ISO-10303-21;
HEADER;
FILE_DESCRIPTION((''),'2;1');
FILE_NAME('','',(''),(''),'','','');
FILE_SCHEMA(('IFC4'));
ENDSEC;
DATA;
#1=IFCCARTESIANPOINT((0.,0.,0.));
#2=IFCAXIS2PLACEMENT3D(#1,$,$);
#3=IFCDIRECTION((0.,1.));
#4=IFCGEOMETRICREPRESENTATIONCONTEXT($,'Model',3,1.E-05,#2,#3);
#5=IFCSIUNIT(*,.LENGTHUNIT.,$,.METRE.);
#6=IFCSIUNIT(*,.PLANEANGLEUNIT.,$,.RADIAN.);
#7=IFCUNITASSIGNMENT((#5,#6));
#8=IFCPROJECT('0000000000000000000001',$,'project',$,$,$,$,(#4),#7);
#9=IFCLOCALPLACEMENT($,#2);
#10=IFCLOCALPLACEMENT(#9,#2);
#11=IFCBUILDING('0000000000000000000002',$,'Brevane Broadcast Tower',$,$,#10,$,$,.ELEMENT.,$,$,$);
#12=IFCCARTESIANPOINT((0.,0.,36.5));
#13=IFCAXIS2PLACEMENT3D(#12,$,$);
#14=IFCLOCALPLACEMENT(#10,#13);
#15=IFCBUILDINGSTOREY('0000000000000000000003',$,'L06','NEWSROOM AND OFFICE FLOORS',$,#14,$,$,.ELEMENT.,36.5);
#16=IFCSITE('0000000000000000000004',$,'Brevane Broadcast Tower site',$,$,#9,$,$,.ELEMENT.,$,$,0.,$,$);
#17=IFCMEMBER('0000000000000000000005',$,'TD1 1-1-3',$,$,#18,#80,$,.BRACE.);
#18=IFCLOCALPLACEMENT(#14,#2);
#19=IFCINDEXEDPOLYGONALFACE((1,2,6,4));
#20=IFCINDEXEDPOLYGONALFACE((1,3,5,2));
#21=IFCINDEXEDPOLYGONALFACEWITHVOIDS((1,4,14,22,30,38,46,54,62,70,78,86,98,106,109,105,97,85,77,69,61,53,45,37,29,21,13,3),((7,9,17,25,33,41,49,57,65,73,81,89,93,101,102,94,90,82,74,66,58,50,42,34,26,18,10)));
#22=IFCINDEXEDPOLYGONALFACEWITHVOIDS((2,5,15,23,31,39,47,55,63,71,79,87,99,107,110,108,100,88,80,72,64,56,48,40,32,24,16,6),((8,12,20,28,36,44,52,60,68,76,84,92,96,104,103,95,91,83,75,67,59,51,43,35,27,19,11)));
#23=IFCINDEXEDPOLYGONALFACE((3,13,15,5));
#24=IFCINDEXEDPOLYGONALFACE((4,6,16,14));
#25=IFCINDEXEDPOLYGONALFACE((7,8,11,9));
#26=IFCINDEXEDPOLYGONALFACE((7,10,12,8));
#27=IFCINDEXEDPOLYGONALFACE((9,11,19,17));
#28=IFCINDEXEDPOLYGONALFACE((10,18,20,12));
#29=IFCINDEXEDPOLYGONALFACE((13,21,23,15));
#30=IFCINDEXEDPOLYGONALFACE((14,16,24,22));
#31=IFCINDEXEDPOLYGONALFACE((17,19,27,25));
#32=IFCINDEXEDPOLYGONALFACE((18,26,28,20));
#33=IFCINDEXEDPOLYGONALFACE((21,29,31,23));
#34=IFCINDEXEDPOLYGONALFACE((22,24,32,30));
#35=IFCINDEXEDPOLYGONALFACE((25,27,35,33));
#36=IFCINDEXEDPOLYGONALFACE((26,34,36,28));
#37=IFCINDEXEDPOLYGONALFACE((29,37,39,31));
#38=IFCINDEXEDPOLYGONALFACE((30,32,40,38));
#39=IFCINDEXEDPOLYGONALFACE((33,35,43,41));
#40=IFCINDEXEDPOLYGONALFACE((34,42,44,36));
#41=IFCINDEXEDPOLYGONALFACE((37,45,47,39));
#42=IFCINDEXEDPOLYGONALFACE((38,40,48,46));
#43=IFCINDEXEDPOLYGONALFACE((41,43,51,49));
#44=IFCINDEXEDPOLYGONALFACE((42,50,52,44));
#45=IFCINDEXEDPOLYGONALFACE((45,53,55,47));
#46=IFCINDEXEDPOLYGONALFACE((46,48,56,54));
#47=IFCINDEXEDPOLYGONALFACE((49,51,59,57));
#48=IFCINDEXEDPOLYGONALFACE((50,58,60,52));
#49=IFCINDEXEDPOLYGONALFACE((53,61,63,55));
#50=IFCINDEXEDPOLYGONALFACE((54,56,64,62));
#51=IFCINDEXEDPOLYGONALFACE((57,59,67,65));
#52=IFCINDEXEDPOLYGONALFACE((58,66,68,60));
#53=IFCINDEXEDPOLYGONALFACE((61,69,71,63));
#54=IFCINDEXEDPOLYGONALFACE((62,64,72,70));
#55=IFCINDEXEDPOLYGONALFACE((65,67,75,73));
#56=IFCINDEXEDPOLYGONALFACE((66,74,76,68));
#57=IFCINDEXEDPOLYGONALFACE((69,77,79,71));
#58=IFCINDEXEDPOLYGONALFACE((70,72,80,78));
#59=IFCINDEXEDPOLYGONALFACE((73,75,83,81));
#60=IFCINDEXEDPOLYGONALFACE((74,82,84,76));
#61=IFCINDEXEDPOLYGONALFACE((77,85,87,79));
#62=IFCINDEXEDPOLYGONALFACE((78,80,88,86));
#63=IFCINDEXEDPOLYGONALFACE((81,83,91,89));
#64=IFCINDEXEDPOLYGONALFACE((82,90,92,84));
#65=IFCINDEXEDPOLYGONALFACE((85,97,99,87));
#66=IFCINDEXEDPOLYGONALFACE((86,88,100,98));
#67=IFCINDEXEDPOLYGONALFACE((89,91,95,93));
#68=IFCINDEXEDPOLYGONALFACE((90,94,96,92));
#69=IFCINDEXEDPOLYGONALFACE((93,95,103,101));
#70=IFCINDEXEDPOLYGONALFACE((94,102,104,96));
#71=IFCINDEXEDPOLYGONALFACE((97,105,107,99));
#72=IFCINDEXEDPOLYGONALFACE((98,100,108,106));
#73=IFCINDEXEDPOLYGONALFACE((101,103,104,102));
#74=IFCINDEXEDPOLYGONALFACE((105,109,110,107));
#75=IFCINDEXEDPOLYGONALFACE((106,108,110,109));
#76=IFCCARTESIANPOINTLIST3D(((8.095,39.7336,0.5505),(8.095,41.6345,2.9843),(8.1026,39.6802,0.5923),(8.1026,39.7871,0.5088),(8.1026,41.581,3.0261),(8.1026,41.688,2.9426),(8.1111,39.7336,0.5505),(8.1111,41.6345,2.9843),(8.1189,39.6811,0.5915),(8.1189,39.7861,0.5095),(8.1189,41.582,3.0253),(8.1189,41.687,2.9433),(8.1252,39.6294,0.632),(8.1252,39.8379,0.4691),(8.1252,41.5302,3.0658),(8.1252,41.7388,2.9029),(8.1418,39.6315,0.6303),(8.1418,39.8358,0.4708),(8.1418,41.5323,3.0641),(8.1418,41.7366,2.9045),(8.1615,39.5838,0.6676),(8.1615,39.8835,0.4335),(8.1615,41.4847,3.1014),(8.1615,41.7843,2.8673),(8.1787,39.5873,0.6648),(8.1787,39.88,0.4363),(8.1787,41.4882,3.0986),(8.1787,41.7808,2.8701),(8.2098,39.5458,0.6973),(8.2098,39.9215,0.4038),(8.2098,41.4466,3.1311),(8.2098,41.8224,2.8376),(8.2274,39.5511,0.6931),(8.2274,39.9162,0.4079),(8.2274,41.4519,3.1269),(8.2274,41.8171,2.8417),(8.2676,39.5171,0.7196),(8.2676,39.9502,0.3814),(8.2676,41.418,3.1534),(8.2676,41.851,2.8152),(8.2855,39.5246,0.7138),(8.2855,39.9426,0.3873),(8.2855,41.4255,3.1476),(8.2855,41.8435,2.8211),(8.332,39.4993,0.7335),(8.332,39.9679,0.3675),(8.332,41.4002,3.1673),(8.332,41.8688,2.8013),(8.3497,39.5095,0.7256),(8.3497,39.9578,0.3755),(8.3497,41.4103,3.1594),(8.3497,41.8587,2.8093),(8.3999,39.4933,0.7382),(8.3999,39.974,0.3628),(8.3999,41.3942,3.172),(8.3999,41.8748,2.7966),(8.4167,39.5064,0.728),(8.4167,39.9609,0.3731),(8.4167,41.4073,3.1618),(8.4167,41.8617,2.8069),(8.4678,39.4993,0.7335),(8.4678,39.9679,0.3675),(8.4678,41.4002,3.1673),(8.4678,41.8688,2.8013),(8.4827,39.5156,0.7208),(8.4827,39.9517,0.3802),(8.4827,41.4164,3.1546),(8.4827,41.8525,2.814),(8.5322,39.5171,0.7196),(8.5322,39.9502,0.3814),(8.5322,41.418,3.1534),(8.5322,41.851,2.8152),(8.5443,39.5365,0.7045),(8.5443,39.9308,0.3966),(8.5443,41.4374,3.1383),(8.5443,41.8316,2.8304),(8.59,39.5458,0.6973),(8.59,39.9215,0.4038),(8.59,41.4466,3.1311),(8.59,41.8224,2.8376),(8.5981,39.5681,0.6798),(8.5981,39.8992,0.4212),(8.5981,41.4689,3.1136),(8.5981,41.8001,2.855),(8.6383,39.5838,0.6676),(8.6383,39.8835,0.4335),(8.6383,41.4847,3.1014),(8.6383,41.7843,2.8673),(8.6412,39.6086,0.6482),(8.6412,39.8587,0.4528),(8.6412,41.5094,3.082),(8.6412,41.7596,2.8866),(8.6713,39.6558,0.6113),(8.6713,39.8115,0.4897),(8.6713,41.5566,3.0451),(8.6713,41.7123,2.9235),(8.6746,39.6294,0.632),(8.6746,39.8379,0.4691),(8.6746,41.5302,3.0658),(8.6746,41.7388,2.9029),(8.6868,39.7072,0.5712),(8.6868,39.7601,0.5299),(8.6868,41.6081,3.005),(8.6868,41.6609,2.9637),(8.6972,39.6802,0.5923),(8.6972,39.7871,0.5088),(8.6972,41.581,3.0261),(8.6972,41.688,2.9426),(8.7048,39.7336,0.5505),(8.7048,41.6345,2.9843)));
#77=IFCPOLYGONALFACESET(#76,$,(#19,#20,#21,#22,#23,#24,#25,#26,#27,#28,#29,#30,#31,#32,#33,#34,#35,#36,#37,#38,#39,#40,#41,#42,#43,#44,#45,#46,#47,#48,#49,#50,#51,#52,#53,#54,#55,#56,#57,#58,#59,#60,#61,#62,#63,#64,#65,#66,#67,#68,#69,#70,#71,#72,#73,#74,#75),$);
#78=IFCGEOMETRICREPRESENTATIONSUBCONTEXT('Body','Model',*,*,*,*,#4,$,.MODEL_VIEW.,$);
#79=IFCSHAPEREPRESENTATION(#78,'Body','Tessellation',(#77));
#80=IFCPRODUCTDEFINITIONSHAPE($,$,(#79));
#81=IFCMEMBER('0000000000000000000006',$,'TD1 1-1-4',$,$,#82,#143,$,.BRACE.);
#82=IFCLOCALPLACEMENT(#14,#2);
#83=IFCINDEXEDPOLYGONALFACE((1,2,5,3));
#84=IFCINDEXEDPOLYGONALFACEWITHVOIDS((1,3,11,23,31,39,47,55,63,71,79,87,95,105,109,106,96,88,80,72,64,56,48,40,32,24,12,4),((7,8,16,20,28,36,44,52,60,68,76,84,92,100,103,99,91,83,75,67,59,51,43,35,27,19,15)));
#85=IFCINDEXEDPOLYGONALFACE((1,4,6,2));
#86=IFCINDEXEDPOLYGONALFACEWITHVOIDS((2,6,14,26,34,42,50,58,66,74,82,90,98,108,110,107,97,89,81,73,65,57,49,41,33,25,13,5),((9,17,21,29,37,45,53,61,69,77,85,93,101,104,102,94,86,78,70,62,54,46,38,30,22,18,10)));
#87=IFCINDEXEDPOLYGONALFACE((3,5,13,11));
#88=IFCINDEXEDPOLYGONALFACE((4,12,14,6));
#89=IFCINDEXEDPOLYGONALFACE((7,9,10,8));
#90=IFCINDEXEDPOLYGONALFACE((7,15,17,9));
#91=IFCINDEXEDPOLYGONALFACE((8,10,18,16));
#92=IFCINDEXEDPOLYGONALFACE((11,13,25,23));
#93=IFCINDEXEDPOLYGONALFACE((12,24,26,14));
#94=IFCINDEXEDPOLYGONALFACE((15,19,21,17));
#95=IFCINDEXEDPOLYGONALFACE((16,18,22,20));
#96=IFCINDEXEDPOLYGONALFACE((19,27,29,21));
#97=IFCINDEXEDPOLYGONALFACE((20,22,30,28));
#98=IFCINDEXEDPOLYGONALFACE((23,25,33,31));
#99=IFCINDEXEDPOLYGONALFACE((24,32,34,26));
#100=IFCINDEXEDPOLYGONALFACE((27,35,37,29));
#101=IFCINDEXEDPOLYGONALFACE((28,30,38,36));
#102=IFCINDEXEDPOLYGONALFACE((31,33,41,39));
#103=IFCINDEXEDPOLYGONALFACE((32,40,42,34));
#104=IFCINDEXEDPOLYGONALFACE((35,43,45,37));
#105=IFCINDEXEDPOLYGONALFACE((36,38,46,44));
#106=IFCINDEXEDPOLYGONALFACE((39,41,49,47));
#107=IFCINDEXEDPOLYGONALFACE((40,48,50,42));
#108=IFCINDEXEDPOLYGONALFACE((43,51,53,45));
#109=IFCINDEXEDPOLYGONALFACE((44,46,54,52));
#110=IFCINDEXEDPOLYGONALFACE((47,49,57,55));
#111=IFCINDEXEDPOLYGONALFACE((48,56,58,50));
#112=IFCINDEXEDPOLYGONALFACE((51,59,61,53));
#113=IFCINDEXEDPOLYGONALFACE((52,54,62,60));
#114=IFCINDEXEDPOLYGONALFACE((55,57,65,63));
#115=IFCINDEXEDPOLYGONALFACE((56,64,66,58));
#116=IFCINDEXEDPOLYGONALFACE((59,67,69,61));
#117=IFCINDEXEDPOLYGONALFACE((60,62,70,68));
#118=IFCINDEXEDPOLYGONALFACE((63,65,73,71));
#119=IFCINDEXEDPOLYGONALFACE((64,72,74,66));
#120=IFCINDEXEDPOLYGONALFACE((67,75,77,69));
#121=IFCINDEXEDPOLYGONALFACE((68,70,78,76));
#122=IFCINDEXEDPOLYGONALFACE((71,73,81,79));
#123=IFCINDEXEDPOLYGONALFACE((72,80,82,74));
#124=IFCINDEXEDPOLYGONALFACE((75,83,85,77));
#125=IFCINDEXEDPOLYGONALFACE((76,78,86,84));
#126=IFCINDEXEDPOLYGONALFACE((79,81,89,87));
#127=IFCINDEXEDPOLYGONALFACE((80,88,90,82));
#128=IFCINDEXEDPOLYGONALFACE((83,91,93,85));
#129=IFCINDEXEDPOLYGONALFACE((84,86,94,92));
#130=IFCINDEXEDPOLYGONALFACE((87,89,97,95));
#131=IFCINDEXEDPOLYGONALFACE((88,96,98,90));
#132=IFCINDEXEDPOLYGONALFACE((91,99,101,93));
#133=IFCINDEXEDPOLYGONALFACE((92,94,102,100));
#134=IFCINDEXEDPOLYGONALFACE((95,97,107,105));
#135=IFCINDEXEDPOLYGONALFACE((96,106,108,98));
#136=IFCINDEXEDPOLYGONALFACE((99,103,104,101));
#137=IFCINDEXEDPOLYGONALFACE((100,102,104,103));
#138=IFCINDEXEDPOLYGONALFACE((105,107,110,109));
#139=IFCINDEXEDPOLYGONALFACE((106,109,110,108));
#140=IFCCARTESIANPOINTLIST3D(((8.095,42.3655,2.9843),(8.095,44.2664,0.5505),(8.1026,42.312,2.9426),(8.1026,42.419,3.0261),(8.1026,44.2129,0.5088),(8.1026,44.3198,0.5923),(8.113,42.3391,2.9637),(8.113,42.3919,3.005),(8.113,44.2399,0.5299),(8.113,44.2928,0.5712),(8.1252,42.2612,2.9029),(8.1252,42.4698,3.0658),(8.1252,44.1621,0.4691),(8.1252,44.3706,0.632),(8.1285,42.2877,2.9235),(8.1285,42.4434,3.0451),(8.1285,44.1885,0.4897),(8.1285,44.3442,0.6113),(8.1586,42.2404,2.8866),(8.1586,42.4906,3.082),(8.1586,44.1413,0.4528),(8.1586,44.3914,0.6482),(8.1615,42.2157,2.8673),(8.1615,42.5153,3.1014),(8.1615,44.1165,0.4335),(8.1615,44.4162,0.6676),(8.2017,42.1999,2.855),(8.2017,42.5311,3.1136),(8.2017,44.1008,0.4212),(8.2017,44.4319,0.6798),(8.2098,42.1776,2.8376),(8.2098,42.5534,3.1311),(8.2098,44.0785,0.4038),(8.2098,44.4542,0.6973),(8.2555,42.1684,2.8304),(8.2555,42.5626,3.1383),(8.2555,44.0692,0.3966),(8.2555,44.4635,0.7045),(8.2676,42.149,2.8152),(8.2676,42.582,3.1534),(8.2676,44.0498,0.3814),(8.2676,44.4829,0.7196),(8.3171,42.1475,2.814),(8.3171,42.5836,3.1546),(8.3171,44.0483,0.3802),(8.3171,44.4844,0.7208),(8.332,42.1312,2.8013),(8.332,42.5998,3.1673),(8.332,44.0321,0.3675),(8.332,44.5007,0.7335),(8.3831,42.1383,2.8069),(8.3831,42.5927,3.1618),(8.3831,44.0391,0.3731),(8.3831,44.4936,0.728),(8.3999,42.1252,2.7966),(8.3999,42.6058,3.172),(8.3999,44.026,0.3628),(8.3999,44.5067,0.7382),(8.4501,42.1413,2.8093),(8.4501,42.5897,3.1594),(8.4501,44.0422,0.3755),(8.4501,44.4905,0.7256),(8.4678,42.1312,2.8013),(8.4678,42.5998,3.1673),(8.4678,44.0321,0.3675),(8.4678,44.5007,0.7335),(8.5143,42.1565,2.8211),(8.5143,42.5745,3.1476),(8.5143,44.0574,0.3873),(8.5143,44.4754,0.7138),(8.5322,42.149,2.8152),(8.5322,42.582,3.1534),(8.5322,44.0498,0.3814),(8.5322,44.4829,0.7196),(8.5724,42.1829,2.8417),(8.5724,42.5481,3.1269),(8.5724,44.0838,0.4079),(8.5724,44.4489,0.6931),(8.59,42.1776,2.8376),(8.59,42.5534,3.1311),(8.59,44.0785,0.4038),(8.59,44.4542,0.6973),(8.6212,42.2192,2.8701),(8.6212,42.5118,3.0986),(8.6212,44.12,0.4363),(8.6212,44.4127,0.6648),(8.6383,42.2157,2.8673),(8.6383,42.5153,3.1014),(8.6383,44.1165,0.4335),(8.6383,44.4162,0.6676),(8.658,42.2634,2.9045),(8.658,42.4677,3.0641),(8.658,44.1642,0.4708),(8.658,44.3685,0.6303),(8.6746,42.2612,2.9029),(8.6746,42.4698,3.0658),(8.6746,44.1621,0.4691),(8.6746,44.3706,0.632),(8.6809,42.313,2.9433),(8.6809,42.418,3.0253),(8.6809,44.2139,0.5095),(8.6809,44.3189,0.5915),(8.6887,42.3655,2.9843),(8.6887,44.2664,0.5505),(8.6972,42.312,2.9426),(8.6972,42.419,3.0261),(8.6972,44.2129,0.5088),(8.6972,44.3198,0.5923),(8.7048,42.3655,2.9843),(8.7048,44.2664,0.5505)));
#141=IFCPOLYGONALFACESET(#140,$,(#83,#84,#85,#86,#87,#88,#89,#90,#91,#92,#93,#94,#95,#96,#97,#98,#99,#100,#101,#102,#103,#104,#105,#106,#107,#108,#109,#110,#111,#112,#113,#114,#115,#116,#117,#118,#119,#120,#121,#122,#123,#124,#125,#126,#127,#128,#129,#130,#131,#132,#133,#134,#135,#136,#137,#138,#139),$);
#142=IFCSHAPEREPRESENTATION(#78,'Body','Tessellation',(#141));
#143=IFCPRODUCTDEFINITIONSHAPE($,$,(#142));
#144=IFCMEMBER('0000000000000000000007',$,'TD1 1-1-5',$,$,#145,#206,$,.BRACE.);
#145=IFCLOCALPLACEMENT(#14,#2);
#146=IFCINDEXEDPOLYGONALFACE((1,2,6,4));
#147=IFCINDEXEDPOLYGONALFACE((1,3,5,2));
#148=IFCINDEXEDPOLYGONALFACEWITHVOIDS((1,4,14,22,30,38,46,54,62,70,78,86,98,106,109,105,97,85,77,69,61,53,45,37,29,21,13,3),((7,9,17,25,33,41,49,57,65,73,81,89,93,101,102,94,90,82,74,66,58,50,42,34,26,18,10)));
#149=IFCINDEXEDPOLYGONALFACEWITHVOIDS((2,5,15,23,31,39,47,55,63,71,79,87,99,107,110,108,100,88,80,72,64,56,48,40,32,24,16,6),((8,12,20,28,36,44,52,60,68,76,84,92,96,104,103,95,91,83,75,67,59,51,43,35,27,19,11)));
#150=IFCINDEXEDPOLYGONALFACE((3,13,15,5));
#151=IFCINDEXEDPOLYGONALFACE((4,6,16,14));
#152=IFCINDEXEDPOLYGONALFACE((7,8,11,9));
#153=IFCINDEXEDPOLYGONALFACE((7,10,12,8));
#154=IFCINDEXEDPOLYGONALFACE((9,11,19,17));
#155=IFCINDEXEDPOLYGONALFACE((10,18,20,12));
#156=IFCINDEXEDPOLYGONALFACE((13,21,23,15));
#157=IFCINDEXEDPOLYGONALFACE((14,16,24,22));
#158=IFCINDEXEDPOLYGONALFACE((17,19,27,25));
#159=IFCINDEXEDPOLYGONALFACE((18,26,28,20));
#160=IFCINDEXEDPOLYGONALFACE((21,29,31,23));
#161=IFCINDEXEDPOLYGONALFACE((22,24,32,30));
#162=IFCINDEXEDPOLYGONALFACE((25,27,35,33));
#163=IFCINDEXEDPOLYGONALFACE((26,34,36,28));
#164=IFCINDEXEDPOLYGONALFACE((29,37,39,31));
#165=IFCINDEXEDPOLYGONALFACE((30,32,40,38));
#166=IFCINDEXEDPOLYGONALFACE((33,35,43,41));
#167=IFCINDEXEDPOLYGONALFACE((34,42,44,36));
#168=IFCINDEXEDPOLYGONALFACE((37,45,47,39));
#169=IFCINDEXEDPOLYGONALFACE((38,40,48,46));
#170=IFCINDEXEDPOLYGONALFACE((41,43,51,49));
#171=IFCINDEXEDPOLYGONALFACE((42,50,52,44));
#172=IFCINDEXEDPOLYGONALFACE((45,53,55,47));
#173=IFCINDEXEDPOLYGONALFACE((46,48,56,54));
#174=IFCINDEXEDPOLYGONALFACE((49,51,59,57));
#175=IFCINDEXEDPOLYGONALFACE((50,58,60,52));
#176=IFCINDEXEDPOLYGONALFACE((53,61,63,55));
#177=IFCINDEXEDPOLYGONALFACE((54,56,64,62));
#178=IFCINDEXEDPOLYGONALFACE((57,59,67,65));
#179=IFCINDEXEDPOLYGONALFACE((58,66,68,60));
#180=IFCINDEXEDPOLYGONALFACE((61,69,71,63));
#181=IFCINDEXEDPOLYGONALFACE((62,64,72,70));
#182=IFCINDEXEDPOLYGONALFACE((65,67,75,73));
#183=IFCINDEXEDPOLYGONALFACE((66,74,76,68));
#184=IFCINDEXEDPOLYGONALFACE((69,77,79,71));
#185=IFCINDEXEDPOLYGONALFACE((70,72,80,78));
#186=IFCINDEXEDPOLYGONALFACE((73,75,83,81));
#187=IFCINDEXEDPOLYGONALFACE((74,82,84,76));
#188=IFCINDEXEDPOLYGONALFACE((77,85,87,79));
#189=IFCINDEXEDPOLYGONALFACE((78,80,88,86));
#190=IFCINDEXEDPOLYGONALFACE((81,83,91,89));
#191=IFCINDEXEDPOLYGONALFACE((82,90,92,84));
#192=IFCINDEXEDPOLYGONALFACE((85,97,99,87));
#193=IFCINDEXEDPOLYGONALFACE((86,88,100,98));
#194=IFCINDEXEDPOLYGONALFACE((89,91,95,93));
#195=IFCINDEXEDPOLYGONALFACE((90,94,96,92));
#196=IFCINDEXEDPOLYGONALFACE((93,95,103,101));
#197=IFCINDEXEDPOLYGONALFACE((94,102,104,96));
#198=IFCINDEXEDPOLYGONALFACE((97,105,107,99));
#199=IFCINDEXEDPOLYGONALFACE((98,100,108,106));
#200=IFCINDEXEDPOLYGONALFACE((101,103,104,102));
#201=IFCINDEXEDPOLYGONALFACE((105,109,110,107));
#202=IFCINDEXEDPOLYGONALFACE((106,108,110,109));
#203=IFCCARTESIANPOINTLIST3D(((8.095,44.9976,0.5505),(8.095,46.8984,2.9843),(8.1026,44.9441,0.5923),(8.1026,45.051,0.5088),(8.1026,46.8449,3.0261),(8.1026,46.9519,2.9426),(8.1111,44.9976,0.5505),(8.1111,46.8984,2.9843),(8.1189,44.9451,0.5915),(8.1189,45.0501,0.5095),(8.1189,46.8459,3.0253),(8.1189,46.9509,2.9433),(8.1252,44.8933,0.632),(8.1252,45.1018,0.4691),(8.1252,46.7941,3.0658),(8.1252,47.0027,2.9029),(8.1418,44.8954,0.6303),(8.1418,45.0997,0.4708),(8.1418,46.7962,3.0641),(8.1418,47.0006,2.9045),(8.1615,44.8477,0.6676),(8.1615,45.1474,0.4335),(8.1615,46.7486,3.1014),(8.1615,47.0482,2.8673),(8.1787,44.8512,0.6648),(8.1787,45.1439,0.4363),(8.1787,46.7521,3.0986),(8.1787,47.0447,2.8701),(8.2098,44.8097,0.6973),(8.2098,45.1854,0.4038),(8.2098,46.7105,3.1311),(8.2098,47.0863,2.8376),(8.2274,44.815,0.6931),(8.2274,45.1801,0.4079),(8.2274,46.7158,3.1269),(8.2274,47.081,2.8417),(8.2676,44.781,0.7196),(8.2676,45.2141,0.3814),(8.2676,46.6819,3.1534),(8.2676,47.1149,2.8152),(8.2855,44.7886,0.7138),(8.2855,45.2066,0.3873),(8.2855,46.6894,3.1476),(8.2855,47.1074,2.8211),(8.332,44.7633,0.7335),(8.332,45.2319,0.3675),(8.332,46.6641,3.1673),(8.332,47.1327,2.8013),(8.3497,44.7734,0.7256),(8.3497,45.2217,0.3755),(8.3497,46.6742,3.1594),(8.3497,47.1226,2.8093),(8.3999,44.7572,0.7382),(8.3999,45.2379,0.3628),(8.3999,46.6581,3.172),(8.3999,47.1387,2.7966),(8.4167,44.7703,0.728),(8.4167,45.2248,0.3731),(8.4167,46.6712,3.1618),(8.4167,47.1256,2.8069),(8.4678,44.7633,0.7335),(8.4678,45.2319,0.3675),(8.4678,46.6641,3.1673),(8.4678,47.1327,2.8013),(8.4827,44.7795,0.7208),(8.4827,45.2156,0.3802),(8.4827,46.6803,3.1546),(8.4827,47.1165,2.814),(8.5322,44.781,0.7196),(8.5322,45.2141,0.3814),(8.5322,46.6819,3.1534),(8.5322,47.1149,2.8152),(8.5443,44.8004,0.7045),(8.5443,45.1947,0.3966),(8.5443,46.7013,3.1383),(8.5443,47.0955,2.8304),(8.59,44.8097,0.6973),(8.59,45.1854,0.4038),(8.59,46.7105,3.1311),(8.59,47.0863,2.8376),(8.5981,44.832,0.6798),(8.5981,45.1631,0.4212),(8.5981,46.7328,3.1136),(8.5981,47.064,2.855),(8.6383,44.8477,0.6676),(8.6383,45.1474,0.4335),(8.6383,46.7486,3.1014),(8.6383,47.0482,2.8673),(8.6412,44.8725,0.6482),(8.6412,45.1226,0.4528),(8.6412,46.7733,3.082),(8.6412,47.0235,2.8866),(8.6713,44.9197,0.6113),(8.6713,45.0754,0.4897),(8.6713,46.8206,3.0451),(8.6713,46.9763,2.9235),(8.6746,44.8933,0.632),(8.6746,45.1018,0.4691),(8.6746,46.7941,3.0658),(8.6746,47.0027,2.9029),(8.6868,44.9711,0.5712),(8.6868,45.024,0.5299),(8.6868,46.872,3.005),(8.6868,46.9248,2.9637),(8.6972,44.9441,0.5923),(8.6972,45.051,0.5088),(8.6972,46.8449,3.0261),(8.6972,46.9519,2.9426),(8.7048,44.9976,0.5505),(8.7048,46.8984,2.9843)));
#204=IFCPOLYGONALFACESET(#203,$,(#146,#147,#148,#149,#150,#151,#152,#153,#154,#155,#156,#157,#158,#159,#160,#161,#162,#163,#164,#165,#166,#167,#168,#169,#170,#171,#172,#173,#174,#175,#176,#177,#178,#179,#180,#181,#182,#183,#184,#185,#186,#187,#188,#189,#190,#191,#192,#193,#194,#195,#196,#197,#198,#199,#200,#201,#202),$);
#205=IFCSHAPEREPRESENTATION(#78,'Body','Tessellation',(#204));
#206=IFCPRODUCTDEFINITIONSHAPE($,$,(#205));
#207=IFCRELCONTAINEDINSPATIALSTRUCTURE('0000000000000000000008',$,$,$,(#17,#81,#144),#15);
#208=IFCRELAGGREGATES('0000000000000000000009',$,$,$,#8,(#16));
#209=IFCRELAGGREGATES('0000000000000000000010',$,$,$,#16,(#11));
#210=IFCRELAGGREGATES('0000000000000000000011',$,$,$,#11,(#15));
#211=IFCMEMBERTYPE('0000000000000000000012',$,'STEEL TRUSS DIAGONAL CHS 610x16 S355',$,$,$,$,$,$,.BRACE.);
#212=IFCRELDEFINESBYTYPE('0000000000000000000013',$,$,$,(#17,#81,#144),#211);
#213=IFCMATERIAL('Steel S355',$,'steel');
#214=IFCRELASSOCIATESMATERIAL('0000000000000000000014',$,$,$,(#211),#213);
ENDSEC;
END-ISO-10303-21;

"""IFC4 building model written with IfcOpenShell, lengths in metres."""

from ifc_helpers import new_model, si_unit, direction, frame, origin, origin_2d, place, context, subcontext, project, spatial, hollow_circle, extrude, material, material_profile, profile_set, type_object, element, save


model = new_model("IFC4")

# Units and contexts
model_context = context("Model", 3, precision=1e-05, world=origin(), true_north=direction((0.0, 1.0)))
body_context = subcontext(model_context, "Body", "Model", "MODEL_VIEW")
ifc_project = project(units=[si_unit("LENGTHUNIT", "METRE"), si_unit("PLANEANGLEUNIT", "RADIAN")], contexts=[model_context])

# Site, building, storey
site_placement = place(None, origin())
site = spatial("IfcSite", under=ifc_project, at=site_placement, Name="Brevane Broadcast Tower site", CompositionType="ELEMENT", RefElevation=0.0)
building_placement = place(site_placement, origin())
building = spatial("IfcBuilding", under=site, at=building_placement, Name="Brevane Broadcast Tower", CompositionType="ELEMENT")
storey_placement = place(building_placement, frame((0.0, 0.0, 36.5)))
storey = spatial("IfcBuildingStorey", under=building, at=storey_placement, Name="L06", Description="NEWSROOM AND OFFICE FLOORS", CompositionType="ELEMENT", Elevation=36.5)

# Shared definitions
ifc_material_1 = material(Name="Steel S355", Category="steel")

# Members
ifc_material_profile_1 = material_profile(ifc_material_1, hollow_circle(Radius=0.3049, WallThickness=0.0161, at=origin_2d()), Name="CHS 610x16")
ifc_profile_set_1 = profile_set([ifc_material_profile_1], Name="Steel S355")
member_type_1 = type_object("IfcMemberType", Name="STEEL TRUSS DIAGONAL CHS 610x16 S355", PredefinedType="BRACE", material=ifc_profile_set_1)
for number, where, z_axis, x_axis, name in (
    (1, (8.3999, 39.7336, 0.5505), (0.0, 0.615532, 0.788112), (-1.0, 0.0, 0.0), "TD1 1-1-3"),
    (2, (8.3999, 44.2664, 0.5505), (0.0, -0.615532, 0.788112), (1.0, 0.0, 0.0), "TD1 1-1-4"),
    (3, (8.3999, 44.9976, 0.5505), (0.0, 0.615532, 0.788112), (-1.0, 0.0, 0.0), "TD1 1-1-5"),
):
    element("IfcMember", number, at=place(storey_placement, frame(where, z_axis=z_axis, x_axis=x_axis)), inside=storey, type_object=member_type_1, Name=name, PredefinedType="BRACE", context=body_context, shape_type="SweptSolid", body=[
        extrude(hollow_circle(Radius=0.3049, WallThickness=0.0161, at=origin_2d()), origin(), (0.0, 0.0, 1.0), 3.0881),
    ])

save(model, "model.ifc")
